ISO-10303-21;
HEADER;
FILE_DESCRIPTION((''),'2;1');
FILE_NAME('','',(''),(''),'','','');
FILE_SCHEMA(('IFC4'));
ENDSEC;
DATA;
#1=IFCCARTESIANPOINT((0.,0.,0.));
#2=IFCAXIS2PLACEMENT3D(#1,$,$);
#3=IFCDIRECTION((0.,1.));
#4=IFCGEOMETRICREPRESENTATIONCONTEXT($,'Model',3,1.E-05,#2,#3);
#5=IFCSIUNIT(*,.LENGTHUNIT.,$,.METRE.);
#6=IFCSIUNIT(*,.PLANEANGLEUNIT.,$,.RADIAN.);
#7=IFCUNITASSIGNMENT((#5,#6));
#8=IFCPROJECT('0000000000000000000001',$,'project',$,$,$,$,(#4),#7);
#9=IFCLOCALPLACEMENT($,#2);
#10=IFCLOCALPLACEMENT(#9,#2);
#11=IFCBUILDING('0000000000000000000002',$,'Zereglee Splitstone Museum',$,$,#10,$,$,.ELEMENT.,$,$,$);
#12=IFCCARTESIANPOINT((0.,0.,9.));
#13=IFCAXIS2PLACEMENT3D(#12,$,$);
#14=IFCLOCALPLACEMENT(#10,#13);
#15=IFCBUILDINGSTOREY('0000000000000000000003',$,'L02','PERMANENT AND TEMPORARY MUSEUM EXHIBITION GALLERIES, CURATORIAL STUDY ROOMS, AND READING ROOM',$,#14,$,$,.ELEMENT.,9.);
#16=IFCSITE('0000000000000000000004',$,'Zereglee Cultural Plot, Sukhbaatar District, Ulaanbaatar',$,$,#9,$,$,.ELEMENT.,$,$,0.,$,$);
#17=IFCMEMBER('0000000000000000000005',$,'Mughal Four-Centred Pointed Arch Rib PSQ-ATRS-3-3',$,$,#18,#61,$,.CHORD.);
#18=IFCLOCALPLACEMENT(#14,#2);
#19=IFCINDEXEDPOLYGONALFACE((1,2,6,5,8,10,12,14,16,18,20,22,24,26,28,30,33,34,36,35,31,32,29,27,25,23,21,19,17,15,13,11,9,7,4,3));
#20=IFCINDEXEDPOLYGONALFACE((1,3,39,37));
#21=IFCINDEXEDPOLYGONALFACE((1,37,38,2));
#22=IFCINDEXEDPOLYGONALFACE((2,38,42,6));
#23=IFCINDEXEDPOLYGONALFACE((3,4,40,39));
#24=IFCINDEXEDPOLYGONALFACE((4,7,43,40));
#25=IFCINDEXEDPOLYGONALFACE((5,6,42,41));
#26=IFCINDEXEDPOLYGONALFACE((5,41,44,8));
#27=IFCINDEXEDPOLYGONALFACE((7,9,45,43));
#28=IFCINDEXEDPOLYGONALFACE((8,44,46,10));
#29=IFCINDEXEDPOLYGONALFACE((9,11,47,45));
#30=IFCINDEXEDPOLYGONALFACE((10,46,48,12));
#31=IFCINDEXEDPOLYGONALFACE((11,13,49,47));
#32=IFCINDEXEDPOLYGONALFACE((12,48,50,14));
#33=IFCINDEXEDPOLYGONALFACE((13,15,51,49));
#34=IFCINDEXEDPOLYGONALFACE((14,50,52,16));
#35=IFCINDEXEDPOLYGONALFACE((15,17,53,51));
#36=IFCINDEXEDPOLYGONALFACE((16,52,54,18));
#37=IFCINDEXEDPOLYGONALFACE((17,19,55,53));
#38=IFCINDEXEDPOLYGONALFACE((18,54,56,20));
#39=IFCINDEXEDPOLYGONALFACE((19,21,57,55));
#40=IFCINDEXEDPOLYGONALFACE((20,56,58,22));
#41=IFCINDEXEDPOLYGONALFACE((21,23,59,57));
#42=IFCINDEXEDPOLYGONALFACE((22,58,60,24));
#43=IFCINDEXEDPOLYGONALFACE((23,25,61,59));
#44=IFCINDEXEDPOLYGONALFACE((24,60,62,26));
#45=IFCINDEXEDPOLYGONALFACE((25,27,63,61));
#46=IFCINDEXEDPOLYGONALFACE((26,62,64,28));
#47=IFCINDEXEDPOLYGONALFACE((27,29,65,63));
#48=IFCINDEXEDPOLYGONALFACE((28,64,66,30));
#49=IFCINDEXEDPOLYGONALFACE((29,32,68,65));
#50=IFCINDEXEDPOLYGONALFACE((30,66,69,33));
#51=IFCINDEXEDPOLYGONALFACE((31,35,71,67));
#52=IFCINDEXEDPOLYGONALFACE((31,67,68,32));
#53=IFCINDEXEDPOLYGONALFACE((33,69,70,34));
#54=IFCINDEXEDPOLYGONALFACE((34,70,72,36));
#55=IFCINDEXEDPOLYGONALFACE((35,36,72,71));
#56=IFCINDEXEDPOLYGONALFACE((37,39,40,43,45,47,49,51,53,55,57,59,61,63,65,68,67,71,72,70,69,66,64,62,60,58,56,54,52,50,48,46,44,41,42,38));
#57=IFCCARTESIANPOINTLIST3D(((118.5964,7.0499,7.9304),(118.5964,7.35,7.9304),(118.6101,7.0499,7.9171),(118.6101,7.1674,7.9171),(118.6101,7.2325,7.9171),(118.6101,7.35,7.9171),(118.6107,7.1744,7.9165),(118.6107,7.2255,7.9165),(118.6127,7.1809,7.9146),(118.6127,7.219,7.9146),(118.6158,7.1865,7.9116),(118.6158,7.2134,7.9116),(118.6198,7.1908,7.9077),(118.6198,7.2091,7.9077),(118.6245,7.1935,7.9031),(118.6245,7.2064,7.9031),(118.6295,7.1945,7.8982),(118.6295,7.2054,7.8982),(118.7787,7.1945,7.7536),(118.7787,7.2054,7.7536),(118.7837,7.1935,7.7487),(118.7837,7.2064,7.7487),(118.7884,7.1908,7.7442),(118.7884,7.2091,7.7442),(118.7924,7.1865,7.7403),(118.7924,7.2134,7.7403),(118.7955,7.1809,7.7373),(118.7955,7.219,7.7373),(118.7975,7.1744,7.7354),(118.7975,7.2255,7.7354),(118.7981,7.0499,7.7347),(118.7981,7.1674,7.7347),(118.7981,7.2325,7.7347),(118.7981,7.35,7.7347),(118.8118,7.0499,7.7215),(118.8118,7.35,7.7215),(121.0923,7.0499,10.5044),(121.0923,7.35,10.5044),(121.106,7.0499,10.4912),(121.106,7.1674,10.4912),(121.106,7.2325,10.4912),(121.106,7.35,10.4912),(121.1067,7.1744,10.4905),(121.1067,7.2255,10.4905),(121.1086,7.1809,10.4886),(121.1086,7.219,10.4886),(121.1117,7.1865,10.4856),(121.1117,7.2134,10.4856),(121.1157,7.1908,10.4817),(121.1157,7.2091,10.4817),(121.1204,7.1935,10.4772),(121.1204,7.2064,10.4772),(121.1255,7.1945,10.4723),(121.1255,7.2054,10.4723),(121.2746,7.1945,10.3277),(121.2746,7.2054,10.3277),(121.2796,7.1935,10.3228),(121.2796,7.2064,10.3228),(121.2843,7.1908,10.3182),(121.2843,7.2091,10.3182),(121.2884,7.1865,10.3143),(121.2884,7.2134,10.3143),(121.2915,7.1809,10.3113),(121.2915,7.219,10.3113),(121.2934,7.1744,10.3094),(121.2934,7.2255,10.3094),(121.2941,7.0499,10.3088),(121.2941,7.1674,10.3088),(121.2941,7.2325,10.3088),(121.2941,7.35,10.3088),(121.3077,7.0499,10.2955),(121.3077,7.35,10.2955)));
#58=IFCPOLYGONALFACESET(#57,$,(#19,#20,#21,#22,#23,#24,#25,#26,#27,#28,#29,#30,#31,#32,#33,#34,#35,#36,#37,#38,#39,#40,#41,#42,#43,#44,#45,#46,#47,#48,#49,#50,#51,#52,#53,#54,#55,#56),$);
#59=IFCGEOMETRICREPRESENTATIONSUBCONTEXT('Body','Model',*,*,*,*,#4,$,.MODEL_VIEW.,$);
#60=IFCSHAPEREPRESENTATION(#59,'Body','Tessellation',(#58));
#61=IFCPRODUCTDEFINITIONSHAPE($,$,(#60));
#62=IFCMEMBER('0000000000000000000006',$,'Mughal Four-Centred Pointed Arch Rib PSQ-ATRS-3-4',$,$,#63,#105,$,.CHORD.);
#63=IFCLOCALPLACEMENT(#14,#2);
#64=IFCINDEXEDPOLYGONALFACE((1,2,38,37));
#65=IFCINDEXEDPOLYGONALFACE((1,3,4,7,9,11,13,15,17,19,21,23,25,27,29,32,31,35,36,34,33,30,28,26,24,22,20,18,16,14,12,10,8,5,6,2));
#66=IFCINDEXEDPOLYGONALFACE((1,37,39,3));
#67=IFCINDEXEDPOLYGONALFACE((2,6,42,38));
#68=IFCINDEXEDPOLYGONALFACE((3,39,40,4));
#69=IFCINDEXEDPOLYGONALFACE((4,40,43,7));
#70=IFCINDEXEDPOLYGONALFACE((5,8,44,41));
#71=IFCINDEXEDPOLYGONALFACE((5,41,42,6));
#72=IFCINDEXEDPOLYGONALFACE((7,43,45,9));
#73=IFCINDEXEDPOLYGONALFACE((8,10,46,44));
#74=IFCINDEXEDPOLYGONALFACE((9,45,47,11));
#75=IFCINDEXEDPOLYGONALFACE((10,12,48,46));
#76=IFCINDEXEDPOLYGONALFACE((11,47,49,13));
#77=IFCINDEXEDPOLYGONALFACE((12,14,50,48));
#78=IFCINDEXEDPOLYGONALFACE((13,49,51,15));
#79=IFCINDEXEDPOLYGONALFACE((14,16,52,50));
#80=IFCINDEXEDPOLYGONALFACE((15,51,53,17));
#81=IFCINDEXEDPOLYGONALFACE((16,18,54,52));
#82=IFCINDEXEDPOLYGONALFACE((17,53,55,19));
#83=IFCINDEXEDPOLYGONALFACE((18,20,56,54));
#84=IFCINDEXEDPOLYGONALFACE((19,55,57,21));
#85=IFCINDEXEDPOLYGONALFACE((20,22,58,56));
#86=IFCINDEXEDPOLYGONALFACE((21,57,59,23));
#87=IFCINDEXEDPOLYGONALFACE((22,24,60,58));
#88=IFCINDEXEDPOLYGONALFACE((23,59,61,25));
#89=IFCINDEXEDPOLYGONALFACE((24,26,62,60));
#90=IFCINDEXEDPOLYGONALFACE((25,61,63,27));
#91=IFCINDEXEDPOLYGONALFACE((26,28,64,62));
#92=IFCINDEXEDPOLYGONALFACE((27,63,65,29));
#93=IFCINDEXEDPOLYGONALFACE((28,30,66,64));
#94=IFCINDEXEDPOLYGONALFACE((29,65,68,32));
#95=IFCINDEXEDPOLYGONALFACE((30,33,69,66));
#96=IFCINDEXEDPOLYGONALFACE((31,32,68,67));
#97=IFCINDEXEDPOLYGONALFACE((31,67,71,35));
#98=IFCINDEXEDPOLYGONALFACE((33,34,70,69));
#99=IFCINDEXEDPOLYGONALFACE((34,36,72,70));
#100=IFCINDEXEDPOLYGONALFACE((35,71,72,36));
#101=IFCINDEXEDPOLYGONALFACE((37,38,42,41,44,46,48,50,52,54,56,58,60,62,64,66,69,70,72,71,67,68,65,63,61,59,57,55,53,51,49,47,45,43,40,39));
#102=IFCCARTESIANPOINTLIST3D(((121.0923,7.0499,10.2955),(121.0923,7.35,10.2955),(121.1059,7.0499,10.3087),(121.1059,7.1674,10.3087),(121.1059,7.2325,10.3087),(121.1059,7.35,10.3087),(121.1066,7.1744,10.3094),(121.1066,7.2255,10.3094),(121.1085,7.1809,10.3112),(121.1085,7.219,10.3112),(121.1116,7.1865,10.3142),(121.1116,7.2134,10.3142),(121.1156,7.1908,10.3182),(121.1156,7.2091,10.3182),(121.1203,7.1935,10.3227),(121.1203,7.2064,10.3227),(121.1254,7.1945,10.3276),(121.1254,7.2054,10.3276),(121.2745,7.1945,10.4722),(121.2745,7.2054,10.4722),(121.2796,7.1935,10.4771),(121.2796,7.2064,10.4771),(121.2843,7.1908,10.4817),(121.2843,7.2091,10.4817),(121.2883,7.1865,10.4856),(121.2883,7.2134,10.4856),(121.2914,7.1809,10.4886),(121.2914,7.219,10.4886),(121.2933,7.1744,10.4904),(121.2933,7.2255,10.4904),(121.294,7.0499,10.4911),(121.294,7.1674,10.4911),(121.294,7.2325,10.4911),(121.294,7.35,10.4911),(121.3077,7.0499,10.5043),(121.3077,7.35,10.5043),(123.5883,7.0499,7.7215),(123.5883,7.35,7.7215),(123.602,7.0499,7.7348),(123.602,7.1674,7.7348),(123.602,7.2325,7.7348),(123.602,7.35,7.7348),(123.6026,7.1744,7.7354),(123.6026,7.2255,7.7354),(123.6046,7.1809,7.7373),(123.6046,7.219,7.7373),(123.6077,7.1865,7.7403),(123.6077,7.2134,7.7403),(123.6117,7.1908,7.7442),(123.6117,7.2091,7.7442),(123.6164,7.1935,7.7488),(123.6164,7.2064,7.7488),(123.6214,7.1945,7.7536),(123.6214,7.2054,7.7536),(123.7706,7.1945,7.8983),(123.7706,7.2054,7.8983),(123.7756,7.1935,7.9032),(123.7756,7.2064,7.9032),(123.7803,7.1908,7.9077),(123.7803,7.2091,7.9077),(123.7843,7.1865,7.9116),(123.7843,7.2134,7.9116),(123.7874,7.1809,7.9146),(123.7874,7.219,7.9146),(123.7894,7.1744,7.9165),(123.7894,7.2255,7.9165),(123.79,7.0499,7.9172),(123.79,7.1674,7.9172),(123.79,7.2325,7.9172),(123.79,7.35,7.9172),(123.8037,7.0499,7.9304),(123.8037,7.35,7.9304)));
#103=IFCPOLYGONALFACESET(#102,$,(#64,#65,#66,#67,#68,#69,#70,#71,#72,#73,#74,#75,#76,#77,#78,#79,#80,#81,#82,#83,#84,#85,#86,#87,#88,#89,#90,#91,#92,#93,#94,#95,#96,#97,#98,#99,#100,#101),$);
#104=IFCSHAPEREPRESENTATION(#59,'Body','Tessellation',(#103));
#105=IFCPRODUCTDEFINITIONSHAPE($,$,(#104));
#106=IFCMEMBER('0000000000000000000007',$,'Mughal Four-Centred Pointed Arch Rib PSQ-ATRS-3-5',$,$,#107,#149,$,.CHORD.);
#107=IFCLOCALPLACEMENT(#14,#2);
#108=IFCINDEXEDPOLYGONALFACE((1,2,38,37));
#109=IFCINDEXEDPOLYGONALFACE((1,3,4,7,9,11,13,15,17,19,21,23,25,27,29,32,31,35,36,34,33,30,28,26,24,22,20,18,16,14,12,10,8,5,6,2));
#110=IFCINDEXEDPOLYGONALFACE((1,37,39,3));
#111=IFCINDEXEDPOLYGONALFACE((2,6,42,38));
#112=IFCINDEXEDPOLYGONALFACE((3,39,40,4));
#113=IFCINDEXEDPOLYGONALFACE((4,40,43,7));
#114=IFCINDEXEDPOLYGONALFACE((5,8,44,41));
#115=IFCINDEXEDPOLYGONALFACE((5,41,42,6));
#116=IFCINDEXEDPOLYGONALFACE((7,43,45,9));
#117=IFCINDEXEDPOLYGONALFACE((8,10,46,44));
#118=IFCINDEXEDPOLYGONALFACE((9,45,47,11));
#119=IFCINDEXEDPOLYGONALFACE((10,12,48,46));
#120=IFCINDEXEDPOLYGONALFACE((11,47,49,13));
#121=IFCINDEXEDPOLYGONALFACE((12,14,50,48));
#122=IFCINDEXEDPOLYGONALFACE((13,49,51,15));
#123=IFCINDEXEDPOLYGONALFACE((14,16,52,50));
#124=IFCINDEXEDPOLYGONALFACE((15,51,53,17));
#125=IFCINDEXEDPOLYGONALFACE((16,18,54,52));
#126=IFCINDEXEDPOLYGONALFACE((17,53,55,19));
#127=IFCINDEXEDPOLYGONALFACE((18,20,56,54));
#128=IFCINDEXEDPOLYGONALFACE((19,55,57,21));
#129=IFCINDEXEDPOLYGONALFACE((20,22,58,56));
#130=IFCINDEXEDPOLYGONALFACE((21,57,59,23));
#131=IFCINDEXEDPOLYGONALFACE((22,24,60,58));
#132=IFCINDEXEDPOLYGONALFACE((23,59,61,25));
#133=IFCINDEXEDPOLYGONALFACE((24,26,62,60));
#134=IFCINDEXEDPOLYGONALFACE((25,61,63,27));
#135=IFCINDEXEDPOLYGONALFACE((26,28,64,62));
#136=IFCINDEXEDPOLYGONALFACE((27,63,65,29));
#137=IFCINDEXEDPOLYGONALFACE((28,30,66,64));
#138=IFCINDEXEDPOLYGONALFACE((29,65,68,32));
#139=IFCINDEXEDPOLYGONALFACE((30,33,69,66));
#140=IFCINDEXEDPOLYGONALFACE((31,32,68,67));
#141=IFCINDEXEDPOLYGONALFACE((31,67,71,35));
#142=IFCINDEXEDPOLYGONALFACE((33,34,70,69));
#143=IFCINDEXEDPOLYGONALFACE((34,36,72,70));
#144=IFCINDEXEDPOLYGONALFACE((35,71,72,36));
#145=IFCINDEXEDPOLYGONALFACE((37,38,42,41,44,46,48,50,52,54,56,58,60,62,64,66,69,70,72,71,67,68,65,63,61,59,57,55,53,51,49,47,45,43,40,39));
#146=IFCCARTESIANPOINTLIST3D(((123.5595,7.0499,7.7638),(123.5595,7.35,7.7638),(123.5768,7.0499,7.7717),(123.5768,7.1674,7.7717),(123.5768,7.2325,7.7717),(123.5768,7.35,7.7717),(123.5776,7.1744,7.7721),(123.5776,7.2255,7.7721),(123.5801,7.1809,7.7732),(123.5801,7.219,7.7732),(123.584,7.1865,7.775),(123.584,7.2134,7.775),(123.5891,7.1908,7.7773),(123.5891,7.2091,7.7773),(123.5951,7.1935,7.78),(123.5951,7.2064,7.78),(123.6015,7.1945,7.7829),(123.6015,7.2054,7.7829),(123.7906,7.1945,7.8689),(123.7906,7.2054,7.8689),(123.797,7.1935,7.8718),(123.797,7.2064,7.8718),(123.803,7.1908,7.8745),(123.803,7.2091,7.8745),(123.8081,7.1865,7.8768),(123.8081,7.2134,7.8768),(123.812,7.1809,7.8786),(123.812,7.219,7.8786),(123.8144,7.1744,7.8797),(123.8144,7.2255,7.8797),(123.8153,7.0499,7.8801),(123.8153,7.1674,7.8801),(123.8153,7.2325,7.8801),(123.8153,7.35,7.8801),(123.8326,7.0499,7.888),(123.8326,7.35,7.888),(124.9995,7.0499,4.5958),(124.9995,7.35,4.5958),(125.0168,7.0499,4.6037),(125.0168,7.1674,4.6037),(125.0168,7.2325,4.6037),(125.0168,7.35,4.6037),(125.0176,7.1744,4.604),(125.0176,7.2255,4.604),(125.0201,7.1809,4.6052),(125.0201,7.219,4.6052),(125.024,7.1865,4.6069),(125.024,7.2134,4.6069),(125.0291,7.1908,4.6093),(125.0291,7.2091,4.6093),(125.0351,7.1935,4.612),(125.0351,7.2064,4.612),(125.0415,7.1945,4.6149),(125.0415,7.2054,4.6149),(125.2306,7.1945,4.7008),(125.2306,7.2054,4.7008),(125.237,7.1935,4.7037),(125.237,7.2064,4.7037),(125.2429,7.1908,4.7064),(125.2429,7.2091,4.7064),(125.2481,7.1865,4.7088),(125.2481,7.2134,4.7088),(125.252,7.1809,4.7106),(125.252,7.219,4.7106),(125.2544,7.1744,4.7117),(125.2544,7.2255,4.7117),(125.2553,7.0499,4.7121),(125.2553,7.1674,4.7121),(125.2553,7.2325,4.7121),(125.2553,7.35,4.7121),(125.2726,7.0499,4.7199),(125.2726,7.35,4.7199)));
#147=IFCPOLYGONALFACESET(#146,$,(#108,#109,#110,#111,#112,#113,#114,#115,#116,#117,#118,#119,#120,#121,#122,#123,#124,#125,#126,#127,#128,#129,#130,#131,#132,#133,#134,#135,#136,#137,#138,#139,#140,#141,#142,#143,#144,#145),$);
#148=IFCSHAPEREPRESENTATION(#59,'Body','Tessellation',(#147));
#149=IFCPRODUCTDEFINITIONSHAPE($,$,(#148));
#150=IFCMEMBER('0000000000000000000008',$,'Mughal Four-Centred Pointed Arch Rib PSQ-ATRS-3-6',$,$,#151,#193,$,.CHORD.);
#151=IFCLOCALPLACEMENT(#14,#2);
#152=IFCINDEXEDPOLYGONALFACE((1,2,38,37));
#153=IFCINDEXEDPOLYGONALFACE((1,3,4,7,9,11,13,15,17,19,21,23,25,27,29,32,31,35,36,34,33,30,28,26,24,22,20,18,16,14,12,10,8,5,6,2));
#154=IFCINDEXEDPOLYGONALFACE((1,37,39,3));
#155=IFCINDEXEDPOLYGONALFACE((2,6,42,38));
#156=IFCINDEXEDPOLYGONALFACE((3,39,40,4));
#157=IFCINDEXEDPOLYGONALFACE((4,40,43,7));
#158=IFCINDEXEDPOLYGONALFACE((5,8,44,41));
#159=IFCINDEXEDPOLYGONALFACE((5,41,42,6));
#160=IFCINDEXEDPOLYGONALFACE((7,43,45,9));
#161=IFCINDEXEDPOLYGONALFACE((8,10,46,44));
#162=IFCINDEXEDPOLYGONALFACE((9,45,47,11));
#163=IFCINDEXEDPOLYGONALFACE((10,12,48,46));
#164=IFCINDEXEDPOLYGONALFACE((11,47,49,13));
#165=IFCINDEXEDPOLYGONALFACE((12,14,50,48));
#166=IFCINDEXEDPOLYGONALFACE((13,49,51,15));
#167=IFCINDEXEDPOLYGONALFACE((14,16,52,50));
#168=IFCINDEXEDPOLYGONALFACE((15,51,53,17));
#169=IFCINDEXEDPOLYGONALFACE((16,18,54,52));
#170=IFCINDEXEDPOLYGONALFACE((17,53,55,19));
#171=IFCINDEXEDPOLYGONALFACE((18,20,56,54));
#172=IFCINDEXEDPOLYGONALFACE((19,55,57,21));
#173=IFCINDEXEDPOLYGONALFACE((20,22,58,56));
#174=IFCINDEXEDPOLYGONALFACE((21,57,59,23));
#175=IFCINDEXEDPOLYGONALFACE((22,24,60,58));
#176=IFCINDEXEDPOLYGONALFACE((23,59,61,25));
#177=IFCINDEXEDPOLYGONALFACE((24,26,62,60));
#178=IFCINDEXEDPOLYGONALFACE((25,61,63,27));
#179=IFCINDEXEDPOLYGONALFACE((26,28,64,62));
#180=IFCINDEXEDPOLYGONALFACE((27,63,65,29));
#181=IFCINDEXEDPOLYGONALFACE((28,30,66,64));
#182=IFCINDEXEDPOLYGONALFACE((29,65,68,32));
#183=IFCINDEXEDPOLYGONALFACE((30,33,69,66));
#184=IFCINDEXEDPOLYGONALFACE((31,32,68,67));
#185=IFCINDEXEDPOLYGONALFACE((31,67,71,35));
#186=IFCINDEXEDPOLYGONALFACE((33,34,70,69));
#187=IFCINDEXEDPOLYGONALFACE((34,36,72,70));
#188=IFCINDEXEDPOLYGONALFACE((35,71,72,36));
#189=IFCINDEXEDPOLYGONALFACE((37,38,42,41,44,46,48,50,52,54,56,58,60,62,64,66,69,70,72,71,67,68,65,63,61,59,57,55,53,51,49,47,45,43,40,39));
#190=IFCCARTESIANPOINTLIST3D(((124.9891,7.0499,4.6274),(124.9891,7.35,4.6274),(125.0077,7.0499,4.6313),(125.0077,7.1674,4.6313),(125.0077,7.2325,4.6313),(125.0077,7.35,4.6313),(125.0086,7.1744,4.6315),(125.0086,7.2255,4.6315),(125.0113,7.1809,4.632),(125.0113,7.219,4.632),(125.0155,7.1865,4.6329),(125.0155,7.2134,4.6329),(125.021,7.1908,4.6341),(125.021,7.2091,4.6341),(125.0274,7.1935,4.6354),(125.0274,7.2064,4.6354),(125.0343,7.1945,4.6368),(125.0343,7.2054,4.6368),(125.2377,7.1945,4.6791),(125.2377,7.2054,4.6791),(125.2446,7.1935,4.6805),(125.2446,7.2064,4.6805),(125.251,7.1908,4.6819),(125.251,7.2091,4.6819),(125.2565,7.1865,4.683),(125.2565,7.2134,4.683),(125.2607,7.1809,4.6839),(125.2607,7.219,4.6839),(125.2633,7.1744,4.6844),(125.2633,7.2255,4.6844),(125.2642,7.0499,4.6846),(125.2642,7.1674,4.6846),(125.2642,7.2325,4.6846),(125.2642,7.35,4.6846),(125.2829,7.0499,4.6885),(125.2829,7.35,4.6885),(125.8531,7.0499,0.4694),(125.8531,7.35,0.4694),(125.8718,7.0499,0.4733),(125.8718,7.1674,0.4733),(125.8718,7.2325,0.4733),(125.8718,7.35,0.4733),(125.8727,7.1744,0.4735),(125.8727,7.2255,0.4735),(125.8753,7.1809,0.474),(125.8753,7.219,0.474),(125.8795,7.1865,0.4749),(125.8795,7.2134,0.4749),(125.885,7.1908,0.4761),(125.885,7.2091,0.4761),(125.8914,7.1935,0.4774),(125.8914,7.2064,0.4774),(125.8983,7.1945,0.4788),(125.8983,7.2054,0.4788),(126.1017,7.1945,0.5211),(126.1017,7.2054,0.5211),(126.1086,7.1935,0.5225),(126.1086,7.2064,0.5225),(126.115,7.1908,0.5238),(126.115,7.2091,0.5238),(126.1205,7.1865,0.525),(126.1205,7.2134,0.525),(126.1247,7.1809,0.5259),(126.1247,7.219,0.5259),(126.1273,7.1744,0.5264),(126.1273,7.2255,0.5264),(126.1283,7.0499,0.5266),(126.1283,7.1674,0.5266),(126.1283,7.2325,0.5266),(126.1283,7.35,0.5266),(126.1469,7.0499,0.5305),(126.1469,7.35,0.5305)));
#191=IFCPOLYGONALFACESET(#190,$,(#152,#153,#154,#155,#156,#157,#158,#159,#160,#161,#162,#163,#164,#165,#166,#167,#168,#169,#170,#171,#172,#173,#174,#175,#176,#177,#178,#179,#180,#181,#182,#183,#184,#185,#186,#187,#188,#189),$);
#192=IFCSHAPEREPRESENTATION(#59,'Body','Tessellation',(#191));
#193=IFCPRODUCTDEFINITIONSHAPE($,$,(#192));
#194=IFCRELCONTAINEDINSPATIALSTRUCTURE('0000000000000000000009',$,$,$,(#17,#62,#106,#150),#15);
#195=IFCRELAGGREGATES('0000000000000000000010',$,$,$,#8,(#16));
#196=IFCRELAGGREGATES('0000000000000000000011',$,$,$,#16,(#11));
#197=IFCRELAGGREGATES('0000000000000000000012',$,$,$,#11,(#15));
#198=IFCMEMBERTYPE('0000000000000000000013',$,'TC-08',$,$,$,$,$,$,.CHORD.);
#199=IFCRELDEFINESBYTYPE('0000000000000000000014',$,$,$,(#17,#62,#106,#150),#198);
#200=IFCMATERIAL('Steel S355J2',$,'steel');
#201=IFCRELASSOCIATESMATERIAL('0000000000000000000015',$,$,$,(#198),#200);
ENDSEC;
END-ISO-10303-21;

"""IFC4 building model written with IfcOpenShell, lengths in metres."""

from ifc_helpers import new_model, si_unit, direction, frame, origin, origin_2d, place, context, subcontext, project, spatial, i_section, extrude, material, material_profile, profile_set, type_object, element, save


model = new_model("IFC4")

# Units and contexts
model_context = context("Model", 3, precision=1e-05, world=origin(), true_north=direction((0.0, 1.0)))
body_context = subcontext(model_context, "Body", "Model", "MODEL_VIEW")
ifc_project = project(units=[si_unit("LENGTHUNIT", "METRE"), si_unit("PLANEANGLEUNIT", "RADIAN")], contexts=[model_context])

# Site, building, storey
site_placement = place(None, origin())
site = spatial("IfcSite", under=ifc_project, at=site_placement, Name="Zereglee Cultural Plot, Sukhbaatar District, Ulaanbaatar", CompositionType="ELEMENT", RefElevation=0.0)
building_placement = place(site_placement, origin())
building = spatial("IfcBuilding", under=site, at=building_placement, Name="Zereglee Splitstone Museum", CompositionType="ELEMENT")
storey_placement = place(building_placement, frame((0.0, 0.0, 9.0)))
storey = spatial("IfcBuildingStorey", under=building, at=storey_placement, Name="L02", Description="PERMANENT AND TEMPORARY MUSEUM EXHIBITION GALLERIES, CURATORIAL STUDY ROOMS, AND READING ROOM", CompositionType="ELEMENT", Elevation=9.0)

# Members
ifc_material_1 = material(Name="Steel S355J2", Category="steel")
ifc_material_profile_1 = material_profile(ifc_material_1, i_section(OverallWidth=0.3, OverallDepth=0.3, WebThickness=0.011, FlangeThickness=0.019, FilletRadius=0.0271, at=origin_2d()), Name="HE 300 B")
ifc_profile_set_1 = profile_set([ifc_material_profile_1], Name="Steel S355J2")
member_type_1 = type_object("IfcMemberType", Name="TC-08", PredefinedType="CHORD", material=ifc_profile_set_1)
for number, where, z_axis, x_axis, name in (
    (1, (118.7041, 7.2, 7.8259), (0.696128, 0.0, 0.717918), (0.0, 1.0, 0.0), "Mughal Four-Centred Pointed Arch Rib PSQ-ATRS-3-3"),
    (2, (121.2, 7.2, 10.3999), (0.696163, 0.0, -0.717884), (0.0, 1.0, 0.0), "Mughal Four-Centred Pointed Arch Rib PSQ-ATRS-3-4"),
):
    element("IfcMember", number, at=place(storey_placement, frame(where, z_axis=z_axis, x_axis=x_axis)), inside=storey, type_object=member_type_1, Name=name, PredefinedType="CHORD", context=body_context, shape_type="SweptSolid", body=[
        extrude(i_section(OverallWidth=0.3, OverallDepth=0.3, WebThickness=0.011, FlangeThickness=0.019, FilletRadius=0.0271, at=origin_2d()), origin(), (0.0, 0.0, 1.0), 3.5854),
    ])
member_1_placement = place(storey_placement, frame((123.696, 7.2, 7.8259), z_axis=(0.413792, 0.0, -0.910371), x_axis=(0.0, 1.0, 0.0)))
element("IfcMember", 3, at=member_1_placement, inside=storey, type_object=member_type_1, Name="Mughal Four-Centred Pointed Arch Rib PSQ-ATRS-3-5", PredefinedType="CHORD", context=body_context, shape_type="SweptSolid", body=[
    extrude(i_section(OverallWidth=0.3, OverallDepth=0.3, WebThickness=0.011, FlangeThickness=0.019, FilletRadius=0.0271, at=origin_2d()), origin(), (0.0, 0.0, 1.0), 3.48),
])
member_2_placement = place(storey_placement, frame((125.136, 7.2, 4.658), z_axis=(0.203451, 0.0, -0.979085), x_axis=(0.0, 1.0, 0.0)))
element("IfcMember", 4, at=member_2_placement, inside=storey, type_object=member_type_1, Name="Mughal Four-Centred Pointed Arch Rib PSQ-ATRS-3-6", PredefinedType="CHORD", context=body_context, shape_type="SweptSolid", body=[
    extrude(i_section(OverallWidth=0.3, OverallDepth=0.3, WebThickness=0.011, FlangeThickness=0.019, FilletRadius=0.0271, at=origin_2d()), origin(), (0.0, 0.0, 1.0), 4.2468),
])

save(model, "model.ifc")
